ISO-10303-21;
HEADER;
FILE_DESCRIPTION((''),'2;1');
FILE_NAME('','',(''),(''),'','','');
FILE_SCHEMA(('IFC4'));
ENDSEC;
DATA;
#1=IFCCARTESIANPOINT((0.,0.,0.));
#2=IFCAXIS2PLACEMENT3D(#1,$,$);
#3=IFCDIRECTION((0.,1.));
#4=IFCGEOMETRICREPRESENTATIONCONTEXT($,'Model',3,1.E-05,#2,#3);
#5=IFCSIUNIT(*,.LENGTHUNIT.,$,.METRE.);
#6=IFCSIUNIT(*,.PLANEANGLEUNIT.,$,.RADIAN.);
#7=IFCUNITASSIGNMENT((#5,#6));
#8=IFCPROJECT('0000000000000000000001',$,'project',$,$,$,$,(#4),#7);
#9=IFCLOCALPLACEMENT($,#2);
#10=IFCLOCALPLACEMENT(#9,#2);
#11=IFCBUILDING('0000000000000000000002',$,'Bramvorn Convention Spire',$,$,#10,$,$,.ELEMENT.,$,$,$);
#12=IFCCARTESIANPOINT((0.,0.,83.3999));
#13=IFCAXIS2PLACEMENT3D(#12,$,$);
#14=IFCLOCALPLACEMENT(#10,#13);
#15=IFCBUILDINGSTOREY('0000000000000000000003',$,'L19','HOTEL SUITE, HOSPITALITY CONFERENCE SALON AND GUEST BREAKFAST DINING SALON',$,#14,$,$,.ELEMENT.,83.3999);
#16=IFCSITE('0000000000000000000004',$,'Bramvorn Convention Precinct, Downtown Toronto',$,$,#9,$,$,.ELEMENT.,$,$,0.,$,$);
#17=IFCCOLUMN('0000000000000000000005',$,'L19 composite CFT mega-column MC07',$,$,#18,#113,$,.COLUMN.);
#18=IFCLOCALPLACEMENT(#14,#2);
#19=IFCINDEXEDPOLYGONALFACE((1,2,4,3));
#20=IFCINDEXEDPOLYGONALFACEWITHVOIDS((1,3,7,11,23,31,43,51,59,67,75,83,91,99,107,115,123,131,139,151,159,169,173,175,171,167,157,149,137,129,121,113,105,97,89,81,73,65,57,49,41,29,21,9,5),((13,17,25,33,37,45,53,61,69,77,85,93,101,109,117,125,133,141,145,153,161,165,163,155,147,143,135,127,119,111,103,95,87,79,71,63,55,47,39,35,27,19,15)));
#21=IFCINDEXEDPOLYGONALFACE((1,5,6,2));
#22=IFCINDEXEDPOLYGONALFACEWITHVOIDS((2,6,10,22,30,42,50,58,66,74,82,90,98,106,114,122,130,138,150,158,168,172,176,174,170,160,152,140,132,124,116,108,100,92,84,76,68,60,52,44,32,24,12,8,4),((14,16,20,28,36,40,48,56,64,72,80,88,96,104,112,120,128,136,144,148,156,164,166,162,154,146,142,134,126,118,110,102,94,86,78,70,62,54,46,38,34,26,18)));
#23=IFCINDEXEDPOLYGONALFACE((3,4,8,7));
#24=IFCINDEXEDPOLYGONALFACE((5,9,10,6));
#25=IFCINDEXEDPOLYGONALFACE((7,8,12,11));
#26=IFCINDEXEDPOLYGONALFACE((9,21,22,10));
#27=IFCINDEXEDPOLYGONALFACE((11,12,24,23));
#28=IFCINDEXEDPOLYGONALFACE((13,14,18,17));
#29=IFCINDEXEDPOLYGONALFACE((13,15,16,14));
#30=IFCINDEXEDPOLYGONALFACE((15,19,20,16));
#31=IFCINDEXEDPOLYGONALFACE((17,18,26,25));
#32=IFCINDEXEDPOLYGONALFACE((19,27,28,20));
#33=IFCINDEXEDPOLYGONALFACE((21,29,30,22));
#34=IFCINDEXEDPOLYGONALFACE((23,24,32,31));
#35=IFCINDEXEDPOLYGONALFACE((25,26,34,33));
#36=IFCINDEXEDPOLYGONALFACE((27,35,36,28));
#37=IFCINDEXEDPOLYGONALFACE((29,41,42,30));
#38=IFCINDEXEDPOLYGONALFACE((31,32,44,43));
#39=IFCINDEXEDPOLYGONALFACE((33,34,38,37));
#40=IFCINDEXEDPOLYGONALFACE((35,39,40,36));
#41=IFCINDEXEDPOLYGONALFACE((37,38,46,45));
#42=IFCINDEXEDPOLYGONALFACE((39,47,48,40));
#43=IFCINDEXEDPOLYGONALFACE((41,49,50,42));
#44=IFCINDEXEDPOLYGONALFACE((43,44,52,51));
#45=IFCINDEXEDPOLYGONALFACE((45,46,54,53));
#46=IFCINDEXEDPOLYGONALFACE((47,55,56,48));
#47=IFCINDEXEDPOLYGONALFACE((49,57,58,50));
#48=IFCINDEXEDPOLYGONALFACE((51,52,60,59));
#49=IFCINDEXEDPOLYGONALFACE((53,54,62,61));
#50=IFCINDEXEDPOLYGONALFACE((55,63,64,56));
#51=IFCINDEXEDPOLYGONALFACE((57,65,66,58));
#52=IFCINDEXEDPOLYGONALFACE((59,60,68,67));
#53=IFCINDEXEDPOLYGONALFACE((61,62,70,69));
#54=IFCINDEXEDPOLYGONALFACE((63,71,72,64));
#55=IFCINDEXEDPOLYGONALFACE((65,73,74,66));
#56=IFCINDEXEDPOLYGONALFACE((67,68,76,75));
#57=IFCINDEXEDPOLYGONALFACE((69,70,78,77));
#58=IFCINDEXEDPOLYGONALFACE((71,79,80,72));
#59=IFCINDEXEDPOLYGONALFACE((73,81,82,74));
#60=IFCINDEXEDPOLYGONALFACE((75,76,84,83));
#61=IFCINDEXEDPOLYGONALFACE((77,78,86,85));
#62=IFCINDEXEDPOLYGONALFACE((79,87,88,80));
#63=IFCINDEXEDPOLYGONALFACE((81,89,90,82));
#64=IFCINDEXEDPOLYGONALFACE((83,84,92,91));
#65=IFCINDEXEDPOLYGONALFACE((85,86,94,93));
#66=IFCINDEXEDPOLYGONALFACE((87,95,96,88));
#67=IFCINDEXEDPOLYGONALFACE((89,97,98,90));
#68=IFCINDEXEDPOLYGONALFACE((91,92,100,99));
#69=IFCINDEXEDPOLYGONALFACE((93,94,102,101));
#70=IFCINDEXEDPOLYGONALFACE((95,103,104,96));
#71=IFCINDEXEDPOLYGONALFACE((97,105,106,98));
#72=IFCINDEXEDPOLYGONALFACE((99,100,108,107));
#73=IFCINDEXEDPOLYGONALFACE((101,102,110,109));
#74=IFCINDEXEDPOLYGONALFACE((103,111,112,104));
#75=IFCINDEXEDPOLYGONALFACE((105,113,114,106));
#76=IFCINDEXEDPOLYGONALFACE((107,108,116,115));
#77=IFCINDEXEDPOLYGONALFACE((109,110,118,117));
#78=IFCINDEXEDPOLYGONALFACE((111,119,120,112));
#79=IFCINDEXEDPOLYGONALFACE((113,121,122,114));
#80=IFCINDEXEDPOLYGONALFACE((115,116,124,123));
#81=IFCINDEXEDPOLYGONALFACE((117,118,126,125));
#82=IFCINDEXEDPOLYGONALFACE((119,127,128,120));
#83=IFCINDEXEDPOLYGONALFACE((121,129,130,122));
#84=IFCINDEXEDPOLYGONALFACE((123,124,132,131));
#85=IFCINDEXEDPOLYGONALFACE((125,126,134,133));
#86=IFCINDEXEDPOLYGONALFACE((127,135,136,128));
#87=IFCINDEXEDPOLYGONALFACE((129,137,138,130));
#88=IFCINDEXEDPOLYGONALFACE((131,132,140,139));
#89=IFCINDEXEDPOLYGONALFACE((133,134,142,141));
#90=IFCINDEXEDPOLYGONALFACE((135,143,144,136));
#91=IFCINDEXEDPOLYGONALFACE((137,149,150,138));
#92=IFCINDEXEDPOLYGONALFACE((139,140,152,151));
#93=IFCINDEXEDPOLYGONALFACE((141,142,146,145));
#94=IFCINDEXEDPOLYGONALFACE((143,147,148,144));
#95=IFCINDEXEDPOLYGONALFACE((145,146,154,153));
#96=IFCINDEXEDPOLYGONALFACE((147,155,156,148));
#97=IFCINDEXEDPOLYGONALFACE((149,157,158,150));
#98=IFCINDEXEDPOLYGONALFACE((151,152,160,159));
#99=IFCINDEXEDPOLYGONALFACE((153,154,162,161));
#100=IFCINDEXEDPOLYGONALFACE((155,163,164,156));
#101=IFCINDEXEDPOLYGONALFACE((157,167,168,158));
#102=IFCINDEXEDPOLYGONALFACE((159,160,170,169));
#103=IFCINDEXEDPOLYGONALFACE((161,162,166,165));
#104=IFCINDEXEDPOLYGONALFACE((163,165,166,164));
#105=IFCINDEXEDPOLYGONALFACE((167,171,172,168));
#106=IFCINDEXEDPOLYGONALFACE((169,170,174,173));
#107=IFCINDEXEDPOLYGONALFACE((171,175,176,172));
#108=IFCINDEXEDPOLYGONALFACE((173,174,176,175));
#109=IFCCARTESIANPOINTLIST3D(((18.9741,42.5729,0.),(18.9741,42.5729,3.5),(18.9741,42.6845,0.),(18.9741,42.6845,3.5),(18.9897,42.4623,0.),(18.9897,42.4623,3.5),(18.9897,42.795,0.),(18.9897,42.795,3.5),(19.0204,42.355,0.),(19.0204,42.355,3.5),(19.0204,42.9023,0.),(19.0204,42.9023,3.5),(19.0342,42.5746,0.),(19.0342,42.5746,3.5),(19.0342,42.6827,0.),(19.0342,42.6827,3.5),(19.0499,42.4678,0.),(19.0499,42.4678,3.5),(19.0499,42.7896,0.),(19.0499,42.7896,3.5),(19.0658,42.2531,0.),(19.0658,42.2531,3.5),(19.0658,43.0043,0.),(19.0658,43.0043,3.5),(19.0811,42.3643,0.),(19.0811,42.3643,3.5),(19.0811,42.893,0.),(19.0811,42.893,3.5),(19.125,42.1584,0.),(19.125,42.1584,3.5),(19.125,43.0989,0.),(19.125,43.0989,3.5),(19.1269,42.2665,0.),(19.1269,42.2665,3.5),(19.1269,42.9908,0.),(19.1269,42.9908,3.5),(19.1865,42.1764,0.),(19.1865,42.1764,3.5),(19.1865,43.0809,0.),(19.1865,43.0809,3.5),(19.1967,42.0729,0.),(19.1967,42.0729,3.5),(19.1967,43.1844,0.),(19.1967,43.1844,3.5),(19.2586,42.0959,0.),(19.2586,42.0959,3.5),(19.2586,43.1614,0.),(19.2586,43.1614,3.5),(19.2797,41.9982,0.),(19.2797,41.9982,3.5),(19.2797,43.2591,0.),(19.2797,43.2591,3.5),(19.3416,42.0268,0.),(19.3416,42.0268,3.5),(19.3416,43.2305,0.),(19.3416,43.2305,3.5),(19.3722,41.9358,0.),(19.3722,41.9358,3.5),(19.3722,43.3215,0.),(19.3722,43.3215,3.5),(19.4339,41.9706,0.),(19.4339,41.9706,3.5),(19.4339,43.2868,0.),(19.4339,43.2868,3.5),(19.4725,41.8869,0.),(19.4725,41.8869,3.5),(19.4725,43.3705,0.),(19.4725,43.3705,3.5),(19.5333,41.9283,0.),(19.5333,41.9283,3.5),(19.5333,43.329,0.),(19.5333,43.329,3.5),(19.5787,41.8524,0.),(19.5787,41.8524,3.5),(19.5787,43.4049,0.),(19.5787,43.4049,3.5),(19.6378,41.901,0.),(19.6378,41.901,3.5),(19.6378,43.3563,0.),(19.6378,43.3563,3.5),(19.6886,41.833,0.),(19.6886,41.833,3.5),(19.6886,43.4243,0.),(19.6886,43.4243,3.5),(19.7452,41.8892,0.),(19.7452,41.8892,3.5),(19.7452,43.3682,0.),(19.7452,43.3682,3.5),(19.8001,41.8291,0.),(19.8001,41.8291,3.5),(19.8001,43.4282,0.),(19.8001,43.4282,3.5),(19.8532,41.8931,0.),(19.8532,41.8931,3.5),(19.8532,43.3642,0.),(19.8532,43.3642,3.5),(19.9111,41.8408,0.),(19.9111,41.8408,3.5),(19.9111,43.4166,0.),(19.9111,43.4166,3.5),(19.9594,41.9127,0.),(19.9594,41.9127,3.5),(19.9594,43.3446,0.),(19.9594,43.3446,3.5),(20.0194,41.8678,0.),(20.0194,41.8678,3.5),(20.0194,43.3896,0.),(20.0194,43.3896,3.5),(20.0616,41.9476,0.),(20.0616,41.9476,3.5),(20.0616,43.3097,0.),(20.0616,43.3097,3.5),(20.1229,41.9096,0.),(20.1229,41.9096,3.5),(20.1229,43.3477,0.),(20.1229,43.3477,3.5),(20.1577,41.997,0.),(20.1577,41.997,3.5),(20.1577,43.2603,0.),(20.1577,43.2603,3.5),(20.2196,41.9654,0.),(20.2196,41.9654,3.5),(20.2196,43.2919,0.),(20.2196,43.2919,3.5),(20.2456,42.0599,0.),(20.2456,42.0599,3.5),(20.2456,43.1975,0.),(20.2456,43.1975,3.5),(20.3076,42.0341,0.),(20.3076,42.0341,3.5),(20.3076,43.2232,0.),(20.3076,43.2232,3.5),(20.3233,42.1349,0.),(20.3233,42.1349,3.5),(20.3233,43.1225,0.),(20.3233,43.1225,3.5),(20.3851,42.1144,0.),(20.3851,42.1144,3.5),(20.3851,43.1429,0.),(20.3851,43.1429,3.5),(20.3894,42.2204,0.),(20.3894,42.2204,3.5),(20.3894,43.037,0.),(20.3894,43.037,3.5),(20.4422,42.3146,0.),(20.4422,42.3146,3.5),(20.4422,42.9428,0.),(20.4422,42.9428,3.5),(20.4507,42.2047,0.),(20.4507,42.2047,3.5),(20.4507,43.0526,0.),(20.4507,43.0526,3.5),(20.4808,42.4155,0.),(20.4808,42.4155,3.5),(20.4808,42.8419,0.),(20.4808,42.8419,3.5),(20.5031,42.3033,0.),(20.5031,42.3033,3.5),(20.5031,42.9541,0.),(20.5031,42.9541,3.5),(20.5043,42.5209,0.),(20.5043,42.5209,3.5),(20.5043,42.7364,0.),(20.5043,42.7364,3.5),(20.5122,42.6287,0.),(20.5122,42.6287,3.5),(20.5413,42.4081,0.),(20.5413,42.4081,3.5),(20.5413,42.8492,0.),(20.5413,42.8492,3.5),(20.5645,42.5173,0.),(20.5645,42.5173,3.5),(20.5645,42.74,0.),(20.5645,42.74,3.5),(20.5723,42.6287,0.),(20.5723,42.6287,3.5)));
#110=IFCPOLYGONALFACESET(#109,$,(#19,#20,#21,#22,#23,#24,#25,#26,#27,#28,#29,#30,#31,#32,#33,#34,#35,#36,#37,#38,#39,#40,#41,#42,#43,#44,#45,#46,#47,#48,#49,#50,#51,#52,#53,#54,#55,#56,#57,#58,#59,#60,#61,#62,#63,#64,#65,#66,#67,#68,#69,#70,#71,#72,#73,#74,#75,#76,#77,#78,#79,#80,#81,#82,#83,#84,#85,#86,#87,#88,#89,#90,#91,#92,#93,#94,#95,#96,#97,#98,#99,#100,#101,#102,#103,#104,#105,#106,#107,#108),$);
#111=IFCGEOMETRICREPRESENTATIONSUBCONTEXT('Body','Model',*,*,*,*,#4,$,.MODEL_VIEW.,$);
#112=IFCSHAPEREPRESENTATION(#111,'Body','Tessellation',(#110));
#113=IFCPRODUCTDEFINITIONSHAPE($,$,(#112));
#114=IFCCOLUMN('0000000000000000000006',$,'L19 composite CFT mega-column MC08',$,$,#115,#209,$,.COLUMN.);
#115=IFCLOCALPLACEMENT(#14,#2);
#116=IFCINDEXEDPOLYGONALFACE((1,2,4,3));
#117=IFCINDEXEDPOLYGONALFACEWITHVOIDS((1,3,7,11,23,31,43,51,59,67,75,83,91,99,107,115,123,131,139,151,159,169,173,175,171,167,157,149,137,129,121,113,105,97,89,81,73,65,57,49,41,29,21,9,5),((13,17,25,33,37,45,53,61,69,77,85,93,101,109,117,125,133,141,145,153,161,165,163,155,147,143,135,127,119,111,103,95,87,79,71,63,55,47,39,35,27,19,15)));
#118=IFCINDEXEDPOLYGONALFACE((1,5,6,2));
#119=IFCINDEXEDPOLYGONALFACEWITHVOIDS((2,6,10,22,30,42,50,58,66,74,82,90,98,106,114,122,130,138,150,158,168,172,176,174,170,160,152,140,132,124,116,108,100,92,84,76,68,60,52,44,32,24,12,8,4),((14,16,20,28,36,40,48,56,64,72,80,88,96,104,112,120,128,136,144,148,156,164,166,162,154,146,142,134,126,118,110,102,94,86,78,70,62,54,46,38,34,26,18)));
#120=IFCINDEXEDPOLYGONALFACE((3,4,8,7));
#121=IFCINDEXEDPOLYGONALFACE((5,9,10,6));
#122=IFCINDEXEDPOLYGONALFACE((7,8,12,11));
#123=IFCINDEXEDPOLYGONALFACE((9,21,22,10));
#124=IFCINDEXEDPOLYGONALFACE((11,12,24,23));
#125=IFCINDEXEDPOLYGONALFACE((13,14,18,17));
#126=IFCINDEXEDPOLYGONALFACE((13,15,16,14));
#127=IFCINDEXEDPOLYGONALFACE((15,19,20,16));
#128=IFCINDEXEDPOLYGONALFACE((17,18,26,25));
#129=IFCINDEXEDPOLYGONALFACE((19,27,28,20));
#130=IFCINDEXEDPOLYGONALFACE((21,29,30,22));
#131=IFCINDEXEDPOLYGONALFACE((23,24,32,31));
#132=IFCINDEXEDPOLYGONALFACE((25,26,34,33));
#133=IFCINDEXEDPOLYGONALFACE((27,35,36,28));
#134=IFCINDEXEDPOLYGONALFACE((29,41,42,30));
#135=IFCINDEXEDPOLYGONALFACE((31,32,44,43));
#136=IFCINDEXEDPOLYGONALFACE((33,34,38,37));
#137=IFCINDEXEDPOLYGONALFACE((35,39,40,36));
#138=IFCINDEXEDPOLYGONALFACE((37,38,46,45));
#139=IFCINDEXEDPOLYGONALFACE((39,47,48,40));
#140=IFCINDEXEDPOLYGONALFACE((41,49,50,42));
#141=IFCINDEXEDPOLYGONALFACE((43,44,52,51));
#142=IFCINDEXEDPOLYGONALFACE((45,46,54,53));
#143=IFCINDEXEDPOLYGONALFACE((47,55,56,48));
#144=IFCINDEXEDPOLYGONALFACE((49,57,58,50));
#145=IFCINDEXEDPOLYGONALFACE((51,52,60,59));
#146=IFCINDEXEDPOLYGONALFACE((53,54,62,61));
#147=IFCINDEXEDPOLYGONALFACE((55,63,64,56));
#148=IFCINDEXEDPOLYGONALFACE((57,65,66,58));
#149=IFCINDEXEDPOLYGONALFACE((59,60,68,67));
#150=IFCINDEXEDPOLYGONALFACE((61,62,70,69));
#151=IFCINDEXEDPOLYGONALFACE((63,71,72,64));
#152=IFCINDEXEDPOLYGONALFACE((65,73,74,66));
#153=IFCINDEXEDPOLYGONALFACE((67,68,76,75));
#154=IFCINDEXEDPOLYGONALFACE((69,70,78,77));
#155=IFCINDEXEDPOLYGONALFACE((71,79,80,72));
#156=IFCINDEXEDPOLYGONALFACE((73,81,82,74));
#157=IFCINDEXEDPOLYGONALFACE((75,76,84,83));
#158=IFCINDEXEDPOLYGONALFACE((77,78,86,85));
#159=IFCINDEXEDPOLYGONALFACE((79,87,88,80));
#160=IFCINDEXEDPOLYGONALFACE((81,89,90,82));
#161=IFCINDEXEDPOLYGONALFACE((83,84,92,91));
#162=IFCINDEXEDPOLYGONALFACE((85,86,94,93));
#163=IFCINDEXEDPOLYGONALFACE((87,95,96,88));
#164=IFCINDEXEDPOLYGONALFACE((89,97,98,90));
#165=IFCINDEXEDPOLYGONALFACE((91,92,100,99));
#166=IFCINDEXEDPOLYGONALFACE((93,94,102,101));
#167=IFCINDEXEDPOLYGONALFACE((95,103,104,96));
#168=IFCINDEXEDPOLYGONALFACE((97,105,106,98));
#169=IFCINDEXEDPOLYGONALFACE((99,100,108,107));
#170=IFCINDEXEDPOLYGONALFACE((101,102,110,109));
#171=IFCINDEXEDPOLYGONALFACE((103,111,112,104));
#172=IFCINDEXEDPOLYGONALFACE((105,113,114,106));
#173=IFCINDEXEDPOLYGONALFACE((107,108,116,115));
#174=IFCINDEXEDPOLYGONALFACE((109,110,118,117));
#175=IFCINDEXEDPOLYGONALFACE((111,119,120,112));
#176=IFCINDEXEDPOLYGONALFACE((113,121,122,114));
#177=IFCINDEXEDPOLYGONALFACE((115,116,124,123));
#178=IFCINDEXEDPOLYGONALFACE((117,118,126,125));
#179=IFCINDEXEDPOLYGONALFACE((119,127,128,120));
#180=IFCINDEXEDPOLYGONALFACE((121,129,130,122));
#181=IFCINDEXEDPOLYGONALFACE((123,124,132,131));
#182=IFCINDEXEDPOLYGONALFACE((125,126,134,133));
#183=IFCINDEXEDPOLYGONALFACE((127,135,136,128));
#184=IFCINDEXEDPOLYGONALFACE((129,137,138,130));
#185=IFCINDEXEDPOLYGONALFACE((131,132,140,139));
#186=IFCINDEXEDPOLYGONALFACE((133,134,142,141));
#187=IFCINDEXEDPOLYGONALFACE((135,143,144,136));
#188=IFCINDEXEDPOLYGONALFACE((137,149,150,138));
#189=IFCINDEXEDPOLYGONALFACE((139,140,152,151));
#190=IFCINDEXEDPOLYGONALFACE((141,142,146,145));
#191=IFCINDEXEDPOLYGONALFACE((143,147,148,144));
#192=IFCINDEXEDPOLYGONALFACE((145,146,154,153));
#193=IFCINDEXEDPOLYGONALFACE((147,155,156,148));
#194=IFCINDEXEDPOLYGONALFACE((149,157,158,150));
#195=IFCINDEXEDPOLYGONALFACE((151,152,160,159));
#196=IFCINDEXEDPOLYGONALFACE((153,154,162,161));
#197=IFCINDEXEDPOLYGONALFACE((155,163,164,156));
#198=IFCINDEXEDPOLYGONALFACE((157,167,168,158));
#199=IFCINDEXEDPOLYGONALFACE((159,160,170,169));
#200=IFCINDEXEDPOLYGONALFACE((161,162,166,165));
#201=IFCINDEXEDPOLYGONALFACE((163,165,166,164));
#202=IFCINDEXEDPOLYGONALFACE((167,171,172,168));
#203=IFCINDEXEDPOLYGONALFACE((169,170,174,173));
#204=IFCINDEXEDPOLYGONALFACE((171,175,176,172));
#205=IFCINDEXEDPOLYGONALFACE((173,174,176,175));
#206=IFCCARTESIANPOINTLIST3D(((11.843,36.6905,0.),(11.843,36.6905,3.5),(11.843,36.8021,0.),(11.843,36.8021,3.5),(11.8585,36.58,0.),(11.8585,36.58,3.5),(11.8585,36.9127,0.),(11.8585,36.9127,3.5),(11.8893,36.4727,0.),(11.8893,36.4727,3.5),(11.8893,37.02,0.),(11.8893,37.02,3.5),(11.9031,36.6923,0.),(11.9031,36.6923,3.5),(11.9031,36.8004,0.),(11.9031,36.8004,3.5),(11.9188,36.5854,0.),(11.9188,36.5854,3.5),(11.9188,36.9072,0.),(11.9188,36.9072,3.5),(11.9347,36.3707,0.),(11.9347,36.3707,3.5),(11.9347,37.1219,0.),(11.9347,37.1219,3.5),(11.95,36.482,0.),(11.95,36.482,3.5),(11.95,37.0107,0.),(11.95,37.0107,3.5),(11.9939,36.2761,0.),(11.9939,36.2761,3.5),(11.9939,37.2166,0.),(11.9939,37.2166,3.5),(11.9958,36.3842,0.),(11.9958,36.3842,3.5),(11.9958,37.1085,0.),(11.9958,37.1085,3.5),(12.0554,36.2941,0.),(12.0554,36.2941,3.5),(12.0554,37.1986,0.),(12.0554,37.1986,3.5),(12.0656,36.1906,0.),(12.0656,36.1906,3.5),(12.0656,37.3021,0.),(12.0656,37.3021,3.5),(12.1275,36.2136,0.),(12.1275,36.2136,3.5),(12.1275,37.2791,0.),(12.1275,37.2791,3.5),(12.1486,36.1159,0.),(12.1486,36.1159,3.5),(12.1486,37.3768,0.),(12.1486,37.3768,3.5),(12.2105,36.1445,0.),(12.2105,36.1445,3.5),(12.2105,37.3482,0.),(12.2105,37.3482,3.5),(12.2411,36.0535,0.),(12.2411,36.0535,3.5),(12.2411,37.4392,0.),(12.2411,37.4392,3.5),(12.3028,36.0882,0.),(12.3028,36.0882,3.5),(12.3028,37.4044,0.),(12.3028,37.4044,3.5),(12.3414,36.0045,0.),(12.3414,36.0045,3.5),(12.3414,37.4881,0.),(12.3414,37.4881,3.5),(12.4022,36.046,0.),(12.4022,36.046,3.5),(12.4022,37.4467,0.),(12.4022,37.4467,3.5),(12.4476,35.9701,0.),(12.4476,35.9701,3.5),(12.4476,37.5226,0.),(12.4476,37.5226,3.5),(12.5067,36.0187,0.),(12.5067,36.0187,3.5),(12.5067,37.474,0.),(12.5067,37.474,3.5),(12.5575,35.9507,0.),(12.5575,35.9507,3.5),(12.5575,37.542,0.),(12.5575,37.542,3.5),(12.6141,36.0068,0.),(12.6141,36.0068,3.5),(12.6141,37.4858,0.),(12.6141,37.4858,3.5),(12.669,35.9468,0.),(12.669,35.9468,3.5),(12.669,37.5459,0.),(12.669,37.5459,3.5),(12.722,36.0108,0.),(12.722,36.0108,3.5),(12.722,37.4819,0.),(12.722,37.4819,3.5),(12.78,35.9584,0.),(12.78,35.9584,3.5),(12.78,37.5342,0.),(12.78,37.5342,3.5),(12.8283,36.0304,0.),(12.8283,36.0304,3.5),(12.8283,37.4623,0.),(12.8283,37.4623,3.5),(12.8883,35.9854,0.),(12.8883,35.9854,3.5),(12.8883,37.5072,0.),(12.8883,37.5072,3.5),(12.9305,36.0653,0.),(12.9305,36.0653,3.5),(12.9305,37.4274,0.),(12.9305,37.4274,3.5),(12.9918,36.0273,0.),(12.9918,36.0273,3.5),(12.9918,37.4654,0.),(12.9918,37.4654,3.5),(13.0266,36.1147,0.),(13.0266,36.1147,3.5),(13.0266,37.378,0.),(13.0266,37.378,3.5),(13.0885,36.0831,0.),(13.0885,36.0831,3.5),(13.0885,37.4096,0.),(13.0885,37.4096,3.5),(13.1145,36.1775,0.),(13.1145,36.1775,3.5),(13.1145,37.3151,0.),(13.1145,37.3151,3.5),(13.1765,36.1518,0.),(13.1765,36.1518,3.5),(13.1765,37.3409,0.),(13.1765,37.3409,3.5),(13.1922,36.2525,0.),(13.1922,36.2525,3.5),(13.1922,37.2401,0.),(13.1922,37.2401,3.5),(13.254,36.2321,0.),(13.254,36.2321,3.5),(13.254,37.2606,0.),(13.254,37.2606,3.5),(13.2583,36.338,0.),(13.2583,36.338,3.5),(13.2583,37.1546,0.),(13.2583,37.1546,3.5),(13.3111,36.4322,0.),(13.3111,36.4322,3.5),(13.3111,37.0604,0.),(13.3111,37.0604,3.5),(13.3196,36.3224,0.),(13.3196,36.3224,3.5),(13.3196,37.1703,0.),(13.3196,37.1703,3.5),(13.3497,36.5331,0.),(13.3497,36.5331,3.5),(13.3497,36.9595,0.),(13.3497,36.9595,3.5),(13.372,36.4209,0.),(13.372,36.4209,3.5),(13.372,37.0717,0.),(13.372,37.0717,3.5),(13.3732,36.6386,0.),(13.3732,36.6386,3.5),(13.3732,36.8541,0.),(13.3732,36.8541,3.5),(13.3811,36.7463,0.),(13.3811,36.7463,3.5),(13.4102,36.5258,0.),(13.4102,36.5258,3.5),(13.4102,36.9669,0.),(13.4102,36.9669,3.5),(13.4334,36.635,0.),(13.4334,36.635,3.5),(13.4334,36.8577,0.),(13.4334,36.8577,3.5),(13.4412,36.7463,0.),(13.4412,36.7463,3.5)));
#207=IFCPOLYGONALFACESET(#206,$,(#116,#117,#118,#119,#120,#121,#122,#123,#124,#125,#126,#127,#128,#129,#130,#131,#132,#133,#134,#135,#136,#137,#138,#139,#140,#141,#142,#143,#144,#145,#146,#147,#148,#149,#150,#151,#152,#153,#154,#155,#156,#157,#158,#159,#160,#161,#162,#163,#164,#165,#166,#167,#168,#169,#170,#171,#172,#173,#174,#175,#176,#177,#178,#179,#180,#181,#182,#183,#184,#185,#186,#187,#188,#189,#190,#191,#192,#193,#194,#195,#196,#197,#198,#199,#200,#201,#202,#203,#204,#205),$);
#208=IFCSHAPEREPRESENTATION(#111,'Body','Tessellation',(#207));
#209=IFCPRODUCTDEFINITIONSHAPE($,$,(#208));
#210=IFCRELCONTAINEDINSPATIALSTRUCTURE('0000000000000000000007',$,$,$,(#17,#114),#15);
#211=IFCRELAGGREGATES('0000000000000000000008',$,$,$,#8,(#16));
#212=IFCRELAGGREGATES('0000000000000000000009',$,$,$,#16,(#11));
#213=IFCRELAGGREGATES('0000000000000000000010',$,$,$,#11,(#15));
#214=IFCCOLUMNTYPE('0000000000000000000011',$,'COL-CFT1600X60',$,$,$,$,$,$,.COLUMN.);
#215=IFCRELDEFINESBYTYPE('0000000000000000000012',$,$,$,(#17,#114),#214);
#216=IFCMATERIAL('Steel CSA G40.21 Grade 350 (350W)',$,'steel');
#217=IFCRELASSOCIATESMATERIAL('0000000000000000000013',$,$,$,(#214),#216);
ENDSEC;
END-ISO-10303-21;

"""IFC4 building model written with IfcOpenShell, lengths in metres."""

from ifc_helpers import new_model, si_unit, direction, frame, origin, origin_2d, place, context, subcontext, project, spatial, hollow_circle, extrude, material, material_profile, profile_set, type_object, element, save


model = new_model("IFC4")

# Units and contexts
model_context = context("Model", 3, precision=1e-05, world=origin(), true_north=direction((0.0, 1.0)))
body_context = subcontext(model_context, "Body", "Model", "MODEL_VIEW")
ifc_project = project(units=[si_unit("LENGTHUNIT", "METRE"), si_unit("PLANEANGLEUNIT", "RADIAN")], contexts=[model_context])

# Site, building, storey
site_placement = place(None, origin())
site = spatial("IfcSite", under=ifc_project, at=site_placement, Name="Bramvorn Convention Precinct, Downtown Toronto", CompositionType="ELEMENT", RefElevation=0.0)
building_placement = place(site_placement, origin())
building = spatial("IfcBuilding", under=site, at=building_placement, Name="Bramvorn Convention Spire", CompositionType="ELEMENT")
storey_placement = place(building_placement, frame((0.0, 0.0, 83.3999)))
storey = spatial("IfcBuildingStorey", under=building, at=storey_placement, Name="L19", Description="HOTEL SUITE, HOSPITALITY CONFERENCE SALON AND GUEST BREAKFAST DINING SALON", CompositionType="ELEMENT", Elevation=83.3999)

# Columns
ifc_material_1 = material(Name="Steel CSA G40.21 Grade 350 (350W)", Category="steel")
ifc_material_profile_1 = material_profile(ifc_material_1, hollow_circle(Radius=0.8, WallThickness=0.0601, at=origin_2d()))
ifc_profile_set_1 = profile_set([ifc_material_profile_1], Name="Steel CSA G40.21 Grade 350 (350W) - CFT1600X60")
column_type = type_object("IfcColumnType", Name="COL-CFT1600X60", PredefinedType="COLUMN", material=ifc_profile_set_1)
for number, where, z_axis, x_axis, name in (
    (1, (19.7722, 42.6287, 0.0), (0.0, 0.0, 1.0), (1.0, 0.0, 0.0), "L19 composite CFT mega-column MC07"),
    (2, (12.6411, 36.7463, 0.0), (0.0, 0.0, 1.0), (1.0, 0.0, 0.0), "L19 composite CFT mega-column MC08"),
):
    element("IfcColumn", number, at=place(storey_placement, frame(where, z_axis=z_axis, x_axis=x_axis)), inside=storey, type_object=column_type, Name=name, PredefinedType="COLUMN", context=body_context, shape_type="SweptSolid", body=[
        extrude(hollow_circle(Radius=0.8, WallThickness=0.0601, at=origin_2d()), origin(), (0.0, 0.0, 1.0), 3.5),
    ])

save(model, "model.ifc")
